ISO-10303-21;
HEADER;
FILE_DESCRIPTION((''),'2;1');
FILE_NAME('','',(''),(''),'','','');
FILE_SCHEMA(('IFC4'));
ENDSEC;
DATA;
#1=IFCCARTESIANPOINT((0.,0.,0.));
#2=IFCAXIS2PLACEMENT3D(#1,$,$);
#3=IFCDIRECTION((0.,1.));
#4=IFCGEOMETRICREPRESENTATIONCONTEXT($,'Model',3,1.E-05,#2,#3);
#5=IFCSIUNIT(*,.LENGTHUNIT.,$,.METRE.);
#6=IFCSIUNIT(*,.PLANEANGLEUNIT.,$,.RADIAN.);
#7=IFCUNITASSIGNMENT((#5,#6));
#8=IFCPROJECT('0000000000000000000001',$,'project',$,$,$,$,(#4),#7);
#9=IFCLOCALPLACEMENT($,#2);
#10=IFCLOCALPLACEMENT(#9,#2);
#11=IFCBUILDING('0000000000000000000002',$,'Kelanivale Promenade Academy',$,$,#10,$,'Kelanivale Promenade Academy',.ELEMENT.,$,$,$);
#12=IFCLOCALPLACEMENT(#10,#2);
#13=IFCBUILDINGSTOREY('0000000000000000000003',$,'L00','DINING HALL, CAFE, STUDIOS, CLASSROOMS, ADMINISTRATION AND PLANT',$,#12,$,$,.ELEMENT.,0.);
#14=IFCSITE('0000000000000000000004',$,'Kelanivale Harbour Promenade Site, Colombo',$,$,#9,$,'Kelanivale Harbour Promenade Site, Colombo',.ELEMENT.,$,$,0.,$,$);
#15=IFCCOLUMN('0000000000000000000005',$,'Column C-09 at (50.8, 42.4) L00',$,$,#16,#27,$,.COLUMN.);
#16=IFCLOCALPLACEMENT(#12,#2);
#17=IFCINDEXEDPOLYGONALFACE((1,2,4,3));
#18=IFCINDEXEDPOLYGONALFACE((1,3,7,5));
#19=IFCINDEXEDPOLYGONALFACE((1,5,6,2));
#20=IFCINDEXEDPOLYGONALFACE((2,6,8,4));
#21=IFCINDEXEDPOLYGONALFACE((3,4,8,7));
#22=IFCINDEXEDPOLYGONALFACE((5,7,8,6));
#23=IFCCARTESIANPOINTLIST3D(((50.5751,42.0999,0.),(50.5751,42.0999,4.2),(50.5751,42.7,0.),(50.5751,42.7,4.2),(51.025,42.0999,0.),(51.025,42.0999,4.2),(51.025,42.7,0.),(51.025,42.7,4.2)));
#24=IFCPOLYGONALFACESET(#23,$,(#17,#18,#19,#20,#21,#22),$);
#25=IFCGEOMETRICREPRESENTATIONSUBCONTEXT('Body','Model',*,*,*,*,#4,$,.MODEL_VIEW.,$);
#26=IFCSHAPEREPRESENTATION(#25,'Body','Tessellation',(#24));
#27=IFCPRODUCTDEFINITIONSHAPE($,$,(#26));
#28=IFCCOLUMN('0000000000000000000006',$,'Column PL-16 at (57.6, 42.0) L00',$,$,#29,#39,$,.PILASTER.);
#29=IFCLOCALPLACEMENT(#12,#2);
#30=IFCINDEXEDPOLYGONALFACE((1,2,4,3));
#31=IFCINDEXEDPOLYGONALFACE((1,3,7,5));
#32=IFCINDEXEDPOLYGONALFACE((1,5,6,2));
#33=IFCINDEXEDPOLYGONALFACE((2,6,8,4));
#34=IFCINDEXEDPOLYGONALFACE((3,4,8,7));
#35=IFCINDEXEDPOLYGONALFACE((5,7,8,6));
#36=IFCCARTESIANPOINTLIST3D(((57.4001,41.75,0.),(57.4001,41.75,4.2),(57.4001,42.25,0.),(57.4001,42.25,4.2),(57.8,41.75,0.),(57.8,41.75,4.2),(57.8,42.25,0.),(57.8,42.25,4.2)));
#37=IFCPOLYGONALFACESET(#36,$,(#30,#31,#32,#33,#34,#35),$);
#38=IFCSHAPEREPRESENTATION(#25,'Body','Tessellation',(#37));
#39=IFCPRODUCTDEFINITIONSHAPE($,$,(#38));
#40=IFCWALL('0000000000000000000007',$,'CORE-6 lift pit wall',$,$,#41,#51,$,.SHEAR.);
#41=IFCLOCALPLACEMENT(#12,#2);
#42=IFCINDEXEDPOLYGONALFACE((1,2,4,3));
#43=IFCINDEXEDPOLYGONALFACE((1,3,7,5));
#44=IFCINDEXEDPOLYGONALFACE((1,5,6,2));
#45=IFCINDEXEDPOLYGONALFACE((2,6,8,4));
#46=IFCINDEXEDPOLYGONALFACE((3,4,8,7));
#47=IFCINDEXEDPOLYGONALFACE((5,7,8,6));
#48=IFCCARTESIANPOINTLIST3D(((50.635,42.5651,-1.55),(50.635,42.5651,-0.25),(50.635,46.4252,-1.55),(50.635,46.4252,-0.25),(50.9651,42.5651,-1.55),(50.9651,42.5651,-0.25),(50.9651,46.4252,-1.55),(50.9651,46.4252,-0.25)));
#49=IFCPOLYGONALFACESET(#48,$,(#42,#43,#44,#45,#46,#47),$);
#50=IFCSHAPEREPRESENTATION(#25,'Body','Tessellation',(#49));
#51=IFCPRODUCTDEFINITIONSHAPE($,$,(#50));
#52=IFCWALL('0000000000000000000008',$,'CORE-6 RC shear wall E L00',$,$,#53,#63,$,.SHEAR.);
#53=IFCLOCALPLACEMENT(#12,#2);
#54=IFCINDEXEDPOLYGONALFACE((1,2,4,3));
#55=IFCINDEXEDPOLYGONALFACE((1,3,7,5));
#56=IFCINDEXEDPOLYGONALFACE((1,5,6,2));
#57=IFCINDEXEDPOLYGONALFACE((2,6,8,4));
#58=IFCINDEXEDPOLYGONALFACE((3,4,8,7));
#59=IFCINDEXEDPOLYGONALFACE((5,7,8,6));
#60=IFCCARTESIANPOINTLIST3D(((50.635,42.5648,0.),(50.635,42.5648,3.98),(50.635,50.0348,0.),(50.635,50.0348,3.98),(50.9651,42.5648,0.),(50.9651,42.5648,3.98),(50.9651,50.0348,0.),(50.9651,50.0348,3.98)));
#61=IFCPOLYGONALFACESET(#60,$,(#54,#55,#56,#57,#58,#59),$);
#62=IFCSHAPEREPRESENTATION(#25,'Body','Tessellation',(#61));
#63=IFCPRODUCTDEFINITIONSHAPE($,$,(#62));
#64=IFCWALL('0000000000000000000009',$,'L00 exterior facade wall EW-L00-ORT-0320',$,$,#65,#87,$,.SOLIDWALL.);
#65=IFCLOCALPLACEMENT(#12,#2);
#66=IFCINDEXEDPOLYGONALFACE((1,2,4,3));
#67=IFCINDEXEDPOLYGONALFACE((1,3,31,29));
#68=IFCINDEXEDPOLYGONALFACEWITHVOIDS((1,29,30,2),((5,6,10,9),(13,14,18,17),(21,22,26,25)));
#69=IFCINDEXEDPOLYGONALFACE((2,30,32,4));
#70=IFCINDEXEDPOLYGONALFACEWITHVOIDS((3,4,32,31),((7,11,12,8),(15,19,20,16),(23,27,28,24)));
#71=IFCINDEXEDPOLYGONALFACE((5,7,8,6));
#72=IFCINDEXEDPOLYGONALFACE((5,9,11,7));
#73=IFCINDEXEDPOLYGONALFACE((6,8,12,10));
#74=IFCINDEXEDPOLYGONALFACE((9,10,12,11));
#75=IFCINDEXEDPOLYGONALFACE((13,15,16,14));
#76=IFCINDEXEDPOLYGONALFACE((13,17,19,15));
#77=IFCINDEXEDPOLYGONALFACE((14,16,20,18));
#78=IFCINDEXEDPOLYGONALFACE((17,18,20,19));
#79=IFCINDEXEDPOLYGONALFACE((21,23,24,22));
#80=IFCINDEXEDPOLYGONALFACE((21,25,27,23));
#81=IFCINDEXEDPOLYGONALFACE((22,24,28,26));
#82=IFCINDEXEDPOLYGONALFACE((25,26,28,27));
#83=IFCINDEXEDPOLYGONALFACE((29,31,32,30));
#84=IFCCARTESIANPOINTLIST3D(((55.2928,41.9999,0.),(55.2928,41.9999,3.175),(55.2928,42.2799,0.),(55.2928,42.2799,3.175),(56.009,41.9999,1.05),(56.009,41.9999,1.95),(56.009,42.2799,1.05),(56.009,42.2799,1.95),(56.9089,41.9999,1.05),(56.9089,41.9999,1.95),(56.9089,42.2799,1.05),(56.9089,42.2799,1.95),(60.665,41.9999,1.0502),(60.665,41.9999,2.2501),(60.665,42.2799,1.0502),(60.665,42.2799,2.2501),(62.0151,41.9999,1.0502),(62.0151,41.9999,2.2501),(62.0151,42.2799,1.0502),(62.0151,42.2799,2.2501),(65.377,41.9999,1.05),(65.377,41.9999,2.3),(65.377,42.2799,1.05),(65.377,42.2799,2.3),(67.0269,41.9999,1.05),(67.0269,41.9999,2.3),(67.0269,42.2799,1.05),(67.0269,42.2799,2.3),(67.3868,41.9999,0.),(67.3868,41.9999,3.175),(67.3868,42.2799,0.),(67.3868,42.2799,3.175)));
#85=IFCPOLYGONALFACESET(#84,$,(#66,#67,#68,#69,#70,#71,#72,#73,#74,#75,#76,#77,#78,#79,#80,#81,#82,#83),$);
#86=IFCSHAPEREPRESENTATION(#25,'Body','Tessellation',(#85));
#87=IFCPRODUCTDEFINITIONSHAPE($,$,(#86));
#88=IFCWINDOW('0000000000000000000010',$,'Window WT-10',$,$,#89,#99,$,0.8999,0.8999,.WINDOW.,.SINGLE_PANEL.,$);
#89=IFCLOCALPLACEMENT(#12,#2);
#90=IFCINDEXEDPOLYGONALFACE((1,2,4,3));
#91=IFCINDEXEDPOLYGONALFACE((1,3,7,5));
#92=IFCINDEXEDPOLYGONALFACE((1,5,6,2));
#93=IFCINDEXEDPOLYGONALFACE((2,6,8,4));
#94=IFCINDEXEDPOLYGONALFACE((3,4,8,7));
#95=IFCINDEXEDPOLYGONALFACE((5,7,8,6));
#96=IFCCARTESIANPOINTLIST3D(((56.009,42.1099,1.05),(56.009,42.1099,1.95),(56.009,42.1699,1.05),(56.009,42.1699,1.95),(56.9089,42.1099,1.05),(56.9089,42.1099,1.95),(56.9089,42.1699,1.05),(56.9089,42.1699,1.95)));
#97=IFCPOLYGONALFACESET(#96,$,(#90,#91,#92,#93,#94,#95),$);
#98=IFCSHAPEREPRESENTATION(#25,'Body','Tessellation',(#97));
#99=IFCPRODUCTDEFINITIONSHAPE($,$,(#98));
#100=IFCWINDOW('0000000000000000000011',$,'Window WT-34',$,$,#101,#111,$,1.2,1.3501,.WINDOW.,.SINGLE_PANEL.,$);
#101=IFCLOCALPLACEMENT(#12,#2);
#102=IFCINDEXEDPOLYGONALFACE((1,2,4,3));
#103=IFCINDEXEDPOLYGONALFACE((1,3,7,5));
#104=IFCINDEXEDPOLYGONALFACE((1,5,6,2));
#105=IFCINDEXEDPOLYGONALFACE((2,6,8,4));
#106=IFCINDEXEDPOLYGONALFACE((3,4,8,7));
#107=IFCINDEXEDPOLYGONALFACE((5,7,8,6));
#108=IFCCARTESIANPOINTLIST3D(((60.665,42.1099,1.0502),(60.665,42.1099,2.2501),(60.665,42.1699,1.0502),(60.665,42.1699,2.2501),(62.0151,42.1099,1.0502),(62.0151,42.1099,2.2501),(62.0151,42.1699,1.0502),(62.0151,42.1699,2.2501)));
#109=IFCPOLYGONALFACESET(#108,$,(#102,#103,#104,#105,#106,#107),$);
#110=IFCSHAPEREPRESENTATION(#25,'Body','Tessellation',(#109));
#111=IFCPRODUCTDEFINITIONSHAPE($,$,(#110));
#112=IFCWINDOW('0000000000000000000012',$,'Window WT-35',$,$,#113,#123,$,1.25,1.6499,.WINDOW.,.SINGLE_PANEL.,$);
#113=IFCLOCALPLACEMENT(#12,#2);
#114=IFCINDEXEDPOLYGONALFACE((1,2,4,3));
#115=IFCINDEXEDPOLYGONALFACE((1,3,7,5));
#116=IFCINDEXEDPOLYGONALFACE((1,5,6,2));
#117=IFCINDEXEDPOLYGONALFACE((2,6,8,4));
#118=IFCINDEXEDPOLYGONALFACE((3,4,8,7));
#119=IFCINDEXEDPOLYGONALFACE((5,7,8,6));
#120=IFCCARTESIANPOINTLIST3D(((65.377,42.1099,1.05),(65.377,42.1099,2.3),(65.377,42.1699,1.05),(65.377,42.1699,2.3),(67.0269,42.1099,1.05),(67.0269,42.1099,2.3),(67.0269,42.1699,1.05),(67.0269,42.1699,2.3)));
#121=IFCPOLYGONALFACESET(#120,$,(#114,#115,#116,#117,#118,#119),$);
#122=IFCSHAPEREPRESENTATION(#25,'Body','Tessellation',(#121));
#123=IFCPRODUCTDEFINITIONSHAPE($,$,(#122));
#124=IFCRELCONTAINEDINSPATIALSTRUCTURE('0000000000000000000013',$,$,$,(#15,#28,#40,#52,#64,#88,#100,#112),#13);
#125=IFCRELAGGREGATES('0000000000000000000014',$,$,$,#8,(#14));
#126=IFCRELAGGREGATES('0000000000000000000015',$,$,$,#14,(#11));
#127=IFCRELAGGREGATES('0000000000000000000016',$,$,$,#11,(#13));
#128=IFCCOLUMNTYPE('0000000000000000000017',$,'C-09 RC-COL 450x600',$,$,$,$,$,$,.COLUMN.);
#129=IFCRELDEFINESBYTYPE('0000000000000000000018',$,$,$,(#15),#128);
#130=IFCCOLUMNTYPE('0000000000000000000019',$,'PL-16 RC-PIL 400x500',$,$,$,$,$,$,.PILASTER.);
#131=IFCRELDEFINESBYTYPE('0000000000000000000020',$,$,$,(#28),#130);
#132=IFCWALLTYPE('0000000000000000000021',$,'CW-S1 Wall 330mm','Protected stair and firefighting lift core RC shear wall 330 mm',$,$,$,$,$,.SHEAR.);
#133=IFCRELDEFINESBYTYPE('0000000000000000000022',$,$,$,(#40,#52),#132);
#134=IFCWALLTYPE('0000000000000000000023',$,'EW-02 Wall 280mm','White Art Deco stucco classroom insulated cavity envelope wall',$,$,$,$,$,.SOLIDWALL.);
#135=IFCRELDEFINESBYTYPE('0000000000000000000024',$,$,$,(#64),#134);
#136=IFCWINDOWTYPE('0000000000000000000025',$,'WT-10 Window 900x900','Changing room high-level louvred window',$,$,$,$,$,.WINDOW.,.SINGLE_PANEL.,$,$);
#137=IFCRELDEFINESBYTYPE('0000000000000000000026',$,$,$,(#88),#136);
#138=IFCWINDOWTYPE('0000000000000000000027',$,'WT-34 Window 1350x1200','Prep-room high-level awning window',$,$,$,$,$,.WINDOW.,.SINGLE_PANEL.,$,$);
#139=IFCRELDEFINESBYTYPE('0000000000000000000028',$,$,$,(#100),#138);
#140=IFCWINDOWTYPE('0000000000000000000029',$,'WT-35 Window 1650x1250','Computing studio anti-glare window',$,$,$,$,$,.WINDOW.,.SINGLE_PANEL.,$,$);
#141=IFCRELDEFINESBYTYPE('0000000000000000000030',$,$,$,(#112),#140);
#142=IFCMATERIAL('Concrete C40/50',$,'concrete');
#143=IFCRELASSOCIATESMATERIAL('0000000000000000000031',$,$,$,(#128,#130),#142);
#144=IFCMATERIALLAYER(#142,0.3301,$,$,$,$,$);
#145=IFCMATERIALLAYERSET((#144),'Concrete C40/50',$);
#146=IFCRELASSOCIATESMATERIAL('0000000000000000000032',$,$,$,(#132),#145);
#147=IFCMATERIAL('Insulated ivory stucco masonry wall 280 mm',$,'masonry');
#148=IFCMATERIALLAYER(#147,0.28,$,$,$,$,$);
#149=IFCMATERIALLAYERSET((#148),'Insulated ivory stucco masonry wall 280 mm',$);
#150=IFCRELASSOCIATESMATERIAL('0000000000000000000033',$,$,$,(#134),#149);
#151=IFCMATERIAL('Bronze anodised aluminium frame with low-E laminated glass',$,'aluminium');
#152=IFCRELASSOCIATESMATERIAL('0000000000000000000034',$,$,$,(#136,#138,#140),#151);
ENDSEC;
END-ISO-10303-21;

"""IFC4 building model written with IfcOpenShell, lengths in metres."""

from ifc_helpers import new_model, si_unit, direction, frame, frame_2d, origin, origin_2d, place, context, subcontext, project, spatial, rectangle, extrude, material, layer, layer_set, material_profile, profile_set, type_object, element, fill, save


model = new_model("IFC4")

# Units and contexts
model_context = context("Model", 3, precision=1e-05, world=origin(), true_north=direction((0.0, 1.0)))
body_context = subcontext(model_context, "Body", "Model", "MODEL_VIEW")
ifc_project = project(units=[si_unit("LENGTHUNIT", "METRE"), si_unit("PLANEANGLEUNIT", "RADIAN")], contexts=[model_context])

# Site, building, storey
site_placement = place(None, origin())
site = spatial("IfcSite", under=ifc_project, at=site_placement, Name="Kelanivale Harbour Promenade Site, Colombo", LongName="Kelanivale Harbour Promenade Site, Colombo", CompositionType="ELEMENT", RefElevation=0.0)
building_placement = place(site_placement, origin())
building = spatial("IfcBuilding", under=site, at=building_placement, Name="Kelanivale Promenade Academy", LongName="Kelanivale Promenade Academy", CompositionType="ELEMENT")
storey_placement = place(building_placement, origin())
storey = spatial("IfcBuildingStorey", under=building, at=storey_placement, Name="L00", Description="DINING HALL, CAFE, STUDIOS, CLASSROOMS, ADMINISTRATION AND PLANT", CompositionType="ELEMENT", Elevation=0.0)

# Columns
ifc_material_1 = material(Name="Concrete C40/50", Category="concrete")
ifc_material_profile_1 = material_profile(ifc_material_1, rectangle(XDim=0.45, YDim=0.6001, at=origin_2d()), Name="RC-COL 450x600")
ifc_profile_set_1 = profile_set([ifc_material_profile_1], Name="Concrete C40/50")
column_type_1 = type_object("IfcColumnType", Name="C-09 RC-COL 450x600", PredefinedType="COLUMN", material=ifc_profile_set_1)
column_1_placement = place(storey_placement, frame((50.8, 42.3999, 0.0), z_axis=(0.0, 0.0, 1.0), x_axis=(1.0, 0.0, 0.0)))
element("IfcColumn", 1, at=column_1_placement, inside=storey, type_object=column_type_1, Name="Column C-09 at (50.8, 42.4) L00", PredefinedType="COLUMN", context=body_context, shape_type="SweptSolid", body=[
    extrude(rectangle(XDim=0.45, YDim=0.6001, at=origin_2d()), origin(), (0.0, 0.0, 1.0), 4.2),
])
ifc_material_profile_2 = material_profile(ifc_material_1, rectangle(XDim=0.3999, YDim=0.5, at=origin_2d()), Name="RC-PIL 400x500")
ifc_profile_set_2 = profile_set([ifc_material_profile_2], Name="Concrete C40/50")
column_type_2 = type_object("IfcColumnType", Name="PL-16 RC-PIL 400x500", PredefinedType="PILASTER", material=ifc_profile_set_2)
column_2_placement = place(storey_placement, frame((57.6001, 42.0, 0.0), z_axis=(0.0, 0.0, 1.0), x_axis=(1.0, 0.0, 0.0)))
element("IfcColumn", 2, at=column_2_placement, inside=storey, type_object=column_type_2, Name="Column PL-16 at (57.6, 42.0) L00", PredefinedType="PILASTER", context=body_context, shape_type="SweptSolid", body=[
    extrude(rectangle(XDim=0.3999, YDim=0.5, at=origin_2d()), origin(), (0.0, 0.0, 1.0), 4.2),
])

# Walls
ifc_layer_1 = layer(ifc_material_1, 0.3301)
ifc_layer_set_1 = layer_set([ifc_layer_1], Name="Concrete C40/50")
wall_type_1 = type_object("IfcWallType", Name="CW-S1 Wall 330mm", Description="Protected stair and firefighting lift core RC shear wall 330 mm", PredefinedType="SHEAR", material=ifc_layer_set_1)
wall_1_placement = place(storey_placement, frame((50.8, 42.5649, -1.55), z_axis=(0.0, 0.0, 1.0), x_axis=(0.0, 1.0, 0.0)))
element("IfcWall", 3, at=wall_1_placement, inside=storey, type_object=wall_type_1, Name="CORE-6 lift pit wall", PredefinedType="SHEAR", context=body_context, shape_type="SweptSolid", body=[
    extrude(rectangle(XDim=3.8601, YDim=0.3301, at=frame_2d((1.9302, 0.0))), origin(), (0.0, 0.0, 1.0), 1.3),
])
wall_2_placement = place(storey_placement, frame((50.8, 42.5649, 0.0), z_axis=(0.0, 0.0, 1.0), x_axis=(0.0, 1.0, 0.0)))
element("IfcWall", 4, at=wall_2_placement, inside=storey, type_object=wall_type_1, Name="CORE-6 RC shear wall E L00", PredefinedType="SHEAR", context=body_context, shape_type="SweptSolid", body=[
    extrude(rectangle(XDim=7.47, YDim=0.3301, at=frame_2d((3.7349, 0.0))), origin(), (0.0, 0.0, 1.0), 3.98),
])

# Wall, openings, windows
ifc_material_2 = material(Name="Insulated ivory stucco masonry wall 280 mm", Category="masonry")
ifc_layer_2 = layer(ifc_material_2, 0.28)
ifc_layer_set_2 = layer_set([ifc_layer_2], Name="Insulated ivory stucco masonry wall 280 mm")
wall_type_2 = type_object("IfcWallType", Name="EW-02 Wall 280mm", Description="White Art Deco stucco classroom insulated cavity envelope wall", PredefinedType="SOLIDWALL", material=ifc_layer_set_2)
wall_3_placement = place(storey_placement, frame((55.293, 42.1399, 0.0), z_axis=(0.0, 0.0, 1.0), x_axis=(1.0, 0.0, 0.0)))
wall_3 = element("IfcWall", 5, at=wall_3_placement, inside=storey, type_object=wall_type_2, Name="L00 exterior facade wall EW-L00-ORT-0320", PredefinedType="SOLIDWALL", context=body_context, shape_type="SweptSolid", body=[
    extrude(rectangle(XDim=12.094, YDim=0.28, at=frame_2d((6.0469, 0.0))), origin(), (0.0, 0.0, 1.0), 3.175),
])
opening_1_placement = place(wall_3_placement, frame((0.7161, 0.0, 1.05)))
opening_1 = element("IfcOpeningElement", 6, at=opening_1_placement, cuts=wall_3, PredefinedType="OPENING", context=body_context, shape_type="SweptSolid", body=[
    extrude(rectangle(XDim=0.8999, YDim=0.8999, at=frame_2d((0.45, 0.45))), frame((0.0, 0.1499, 0.0), z_axis=(0.0, -1.0, 0.0), x_axis=(1.0, 0.0, 0.0)), (0.0, 0.0, 1.0), 0.3),
])
opening_2_placement = place(wall_3_placement, frame((5.3721, 0.0, 1.05)))
opening_2 = element("IfcOpeningElement", 7, at=opening_2_placement, cuts=wall_3, PredefinedType="OPENING", context=body_context, shape_type="SweptSolid", body=[
    extrude(rectangle(XDim=1.3501, YDim=1.2, at=frame_2d((0.675, 0.6001))), frame((0.0, 0.1499, 0.0), z_axis=(0.0, -1.0, 0.0), x_axis=(1.0, 0.0, 0.0)), (0.0, 0.0, 1.0), 0.3),
])
opening_3_placement = place(wall_3_placement, frame((10.084, 0.0, 1.05)))
opening_3 = element("IfcOpeningElement", 8, at=opening_3_placement, cuts=wall_3, PredefinedType="OPENING", context=body_context, shape_type="SweptSolid", body=[
    extrude(rectangle(XDim=1.6499, YDim=1.25, at=frame_2d((0.825, 0.625))), frame((0.0, 0.1499, 0.0), z_axis=(0.0, -1.0, 0.0), x_axis=(1.0, 0.0, 0.0)), (0.0, 0.0, 1.0), 0.3),
])
ifc_material_3 = material(Name="Bronze anodised aluminium frame with low-E laminated glass", Category="aluminium")
window_type_1 = type_object("IfcWindowType", Name="WT-10 Window 900x900", Description="Changing room high-level louvred window", PartitioningType="SINGLE_PANEL", PredefinedType="WINDOW", material=ifc_material_3)
window_1_placement = place(opening_1_placement, origin())
window_1 = element("IfcWindow", 9, at=window_1_placement, inside=storey, type_object=window_type_1, Name="Window WT-10", OverallHeight=0.8999, OverallWidth=0.8999, PartitioningType="SINGLE_PANEL", PredefinedType="WINDOW", context=body_context, shape_type="SweptSolid", body=[
    extrude(rectangle(XDim=0.8999, YDim=0.8999, at=frame_2d((0.45, 0.45))), frame((0.0, 0.03, 0.0), z_axis=(0.0, -1.0, 0.0), x_axis=(1.0, 0.0, 0.0)), (0.0, 0.0, 1.0), 0.0601),
])
fill(opening_1, window_1)
window_type_2 = type_object("IfcWindowType", Name="WT-34 Window 1350x1200", Description="Prep-room high-level awning window", PartitioningType="SINGLE_PANEL", PredefinedType="WINDOW", material=ifc_material_3)
window_2_placement = place(opening_2_placement, origin())
window_2 = element("IfcWindow", 10, at=window_2_placement, inside=storey, type_object=window_type_2, Name="Window WT-34", OverallHeight=1.2, OverallWidth=1.3501, PartitioningType="SINGLE_PANEL", PredefinedType="WINDOW", context=body_context, shape_type="SweptSolid", body=[
    extrude(rectangle(XDim=1.3501, YDim=1.2, at=frame_2d((0.675, 0.6001))), frame((0.0, 0.03, 0.0), z_axis=(0.0, -1.0, 0.0), x_axis=(1.0, 0.0, 0.0)), (0.0, 0.0, 1.0), 0.0601),
])
fill(opening_2, window_2)
window_type_3 = type_object("IfcWindowType", Name="WT-35 Window 1650x1250", Description="Computing studio anti-glare window", PartitioningType="SINGLE_PANEL", PredefinedType="WINDOW", material=ifc_material_3)
window_3_placement = place(opening_3_placement, origin())
window_3 = element("IfcWindow", 11, at=window_3_placement, inside=storey, type_object=window_type_3, Name="Window WT-35", OverallHeight=1.25, OverallWidth=1.6499, PartitioningType="SINGLE_PANEL", PredefinedType="WINDOW", context=body_context, shape_type="SweptSolid", body=[
    extrude(rectangle(XDim=1.6499, YDim=1.25, at=frame_2d((0.825, 0.625))), frame((0.0, 0.03, 0.0), z_axis=(0.0, -1.0, 0.0), x_axis=(1.0, 0.0, 0.0)), (0.0, 0.0, 1.0), 0.0601),
])
fill(opening_3, window_3)

save(model, "model.ifc")
